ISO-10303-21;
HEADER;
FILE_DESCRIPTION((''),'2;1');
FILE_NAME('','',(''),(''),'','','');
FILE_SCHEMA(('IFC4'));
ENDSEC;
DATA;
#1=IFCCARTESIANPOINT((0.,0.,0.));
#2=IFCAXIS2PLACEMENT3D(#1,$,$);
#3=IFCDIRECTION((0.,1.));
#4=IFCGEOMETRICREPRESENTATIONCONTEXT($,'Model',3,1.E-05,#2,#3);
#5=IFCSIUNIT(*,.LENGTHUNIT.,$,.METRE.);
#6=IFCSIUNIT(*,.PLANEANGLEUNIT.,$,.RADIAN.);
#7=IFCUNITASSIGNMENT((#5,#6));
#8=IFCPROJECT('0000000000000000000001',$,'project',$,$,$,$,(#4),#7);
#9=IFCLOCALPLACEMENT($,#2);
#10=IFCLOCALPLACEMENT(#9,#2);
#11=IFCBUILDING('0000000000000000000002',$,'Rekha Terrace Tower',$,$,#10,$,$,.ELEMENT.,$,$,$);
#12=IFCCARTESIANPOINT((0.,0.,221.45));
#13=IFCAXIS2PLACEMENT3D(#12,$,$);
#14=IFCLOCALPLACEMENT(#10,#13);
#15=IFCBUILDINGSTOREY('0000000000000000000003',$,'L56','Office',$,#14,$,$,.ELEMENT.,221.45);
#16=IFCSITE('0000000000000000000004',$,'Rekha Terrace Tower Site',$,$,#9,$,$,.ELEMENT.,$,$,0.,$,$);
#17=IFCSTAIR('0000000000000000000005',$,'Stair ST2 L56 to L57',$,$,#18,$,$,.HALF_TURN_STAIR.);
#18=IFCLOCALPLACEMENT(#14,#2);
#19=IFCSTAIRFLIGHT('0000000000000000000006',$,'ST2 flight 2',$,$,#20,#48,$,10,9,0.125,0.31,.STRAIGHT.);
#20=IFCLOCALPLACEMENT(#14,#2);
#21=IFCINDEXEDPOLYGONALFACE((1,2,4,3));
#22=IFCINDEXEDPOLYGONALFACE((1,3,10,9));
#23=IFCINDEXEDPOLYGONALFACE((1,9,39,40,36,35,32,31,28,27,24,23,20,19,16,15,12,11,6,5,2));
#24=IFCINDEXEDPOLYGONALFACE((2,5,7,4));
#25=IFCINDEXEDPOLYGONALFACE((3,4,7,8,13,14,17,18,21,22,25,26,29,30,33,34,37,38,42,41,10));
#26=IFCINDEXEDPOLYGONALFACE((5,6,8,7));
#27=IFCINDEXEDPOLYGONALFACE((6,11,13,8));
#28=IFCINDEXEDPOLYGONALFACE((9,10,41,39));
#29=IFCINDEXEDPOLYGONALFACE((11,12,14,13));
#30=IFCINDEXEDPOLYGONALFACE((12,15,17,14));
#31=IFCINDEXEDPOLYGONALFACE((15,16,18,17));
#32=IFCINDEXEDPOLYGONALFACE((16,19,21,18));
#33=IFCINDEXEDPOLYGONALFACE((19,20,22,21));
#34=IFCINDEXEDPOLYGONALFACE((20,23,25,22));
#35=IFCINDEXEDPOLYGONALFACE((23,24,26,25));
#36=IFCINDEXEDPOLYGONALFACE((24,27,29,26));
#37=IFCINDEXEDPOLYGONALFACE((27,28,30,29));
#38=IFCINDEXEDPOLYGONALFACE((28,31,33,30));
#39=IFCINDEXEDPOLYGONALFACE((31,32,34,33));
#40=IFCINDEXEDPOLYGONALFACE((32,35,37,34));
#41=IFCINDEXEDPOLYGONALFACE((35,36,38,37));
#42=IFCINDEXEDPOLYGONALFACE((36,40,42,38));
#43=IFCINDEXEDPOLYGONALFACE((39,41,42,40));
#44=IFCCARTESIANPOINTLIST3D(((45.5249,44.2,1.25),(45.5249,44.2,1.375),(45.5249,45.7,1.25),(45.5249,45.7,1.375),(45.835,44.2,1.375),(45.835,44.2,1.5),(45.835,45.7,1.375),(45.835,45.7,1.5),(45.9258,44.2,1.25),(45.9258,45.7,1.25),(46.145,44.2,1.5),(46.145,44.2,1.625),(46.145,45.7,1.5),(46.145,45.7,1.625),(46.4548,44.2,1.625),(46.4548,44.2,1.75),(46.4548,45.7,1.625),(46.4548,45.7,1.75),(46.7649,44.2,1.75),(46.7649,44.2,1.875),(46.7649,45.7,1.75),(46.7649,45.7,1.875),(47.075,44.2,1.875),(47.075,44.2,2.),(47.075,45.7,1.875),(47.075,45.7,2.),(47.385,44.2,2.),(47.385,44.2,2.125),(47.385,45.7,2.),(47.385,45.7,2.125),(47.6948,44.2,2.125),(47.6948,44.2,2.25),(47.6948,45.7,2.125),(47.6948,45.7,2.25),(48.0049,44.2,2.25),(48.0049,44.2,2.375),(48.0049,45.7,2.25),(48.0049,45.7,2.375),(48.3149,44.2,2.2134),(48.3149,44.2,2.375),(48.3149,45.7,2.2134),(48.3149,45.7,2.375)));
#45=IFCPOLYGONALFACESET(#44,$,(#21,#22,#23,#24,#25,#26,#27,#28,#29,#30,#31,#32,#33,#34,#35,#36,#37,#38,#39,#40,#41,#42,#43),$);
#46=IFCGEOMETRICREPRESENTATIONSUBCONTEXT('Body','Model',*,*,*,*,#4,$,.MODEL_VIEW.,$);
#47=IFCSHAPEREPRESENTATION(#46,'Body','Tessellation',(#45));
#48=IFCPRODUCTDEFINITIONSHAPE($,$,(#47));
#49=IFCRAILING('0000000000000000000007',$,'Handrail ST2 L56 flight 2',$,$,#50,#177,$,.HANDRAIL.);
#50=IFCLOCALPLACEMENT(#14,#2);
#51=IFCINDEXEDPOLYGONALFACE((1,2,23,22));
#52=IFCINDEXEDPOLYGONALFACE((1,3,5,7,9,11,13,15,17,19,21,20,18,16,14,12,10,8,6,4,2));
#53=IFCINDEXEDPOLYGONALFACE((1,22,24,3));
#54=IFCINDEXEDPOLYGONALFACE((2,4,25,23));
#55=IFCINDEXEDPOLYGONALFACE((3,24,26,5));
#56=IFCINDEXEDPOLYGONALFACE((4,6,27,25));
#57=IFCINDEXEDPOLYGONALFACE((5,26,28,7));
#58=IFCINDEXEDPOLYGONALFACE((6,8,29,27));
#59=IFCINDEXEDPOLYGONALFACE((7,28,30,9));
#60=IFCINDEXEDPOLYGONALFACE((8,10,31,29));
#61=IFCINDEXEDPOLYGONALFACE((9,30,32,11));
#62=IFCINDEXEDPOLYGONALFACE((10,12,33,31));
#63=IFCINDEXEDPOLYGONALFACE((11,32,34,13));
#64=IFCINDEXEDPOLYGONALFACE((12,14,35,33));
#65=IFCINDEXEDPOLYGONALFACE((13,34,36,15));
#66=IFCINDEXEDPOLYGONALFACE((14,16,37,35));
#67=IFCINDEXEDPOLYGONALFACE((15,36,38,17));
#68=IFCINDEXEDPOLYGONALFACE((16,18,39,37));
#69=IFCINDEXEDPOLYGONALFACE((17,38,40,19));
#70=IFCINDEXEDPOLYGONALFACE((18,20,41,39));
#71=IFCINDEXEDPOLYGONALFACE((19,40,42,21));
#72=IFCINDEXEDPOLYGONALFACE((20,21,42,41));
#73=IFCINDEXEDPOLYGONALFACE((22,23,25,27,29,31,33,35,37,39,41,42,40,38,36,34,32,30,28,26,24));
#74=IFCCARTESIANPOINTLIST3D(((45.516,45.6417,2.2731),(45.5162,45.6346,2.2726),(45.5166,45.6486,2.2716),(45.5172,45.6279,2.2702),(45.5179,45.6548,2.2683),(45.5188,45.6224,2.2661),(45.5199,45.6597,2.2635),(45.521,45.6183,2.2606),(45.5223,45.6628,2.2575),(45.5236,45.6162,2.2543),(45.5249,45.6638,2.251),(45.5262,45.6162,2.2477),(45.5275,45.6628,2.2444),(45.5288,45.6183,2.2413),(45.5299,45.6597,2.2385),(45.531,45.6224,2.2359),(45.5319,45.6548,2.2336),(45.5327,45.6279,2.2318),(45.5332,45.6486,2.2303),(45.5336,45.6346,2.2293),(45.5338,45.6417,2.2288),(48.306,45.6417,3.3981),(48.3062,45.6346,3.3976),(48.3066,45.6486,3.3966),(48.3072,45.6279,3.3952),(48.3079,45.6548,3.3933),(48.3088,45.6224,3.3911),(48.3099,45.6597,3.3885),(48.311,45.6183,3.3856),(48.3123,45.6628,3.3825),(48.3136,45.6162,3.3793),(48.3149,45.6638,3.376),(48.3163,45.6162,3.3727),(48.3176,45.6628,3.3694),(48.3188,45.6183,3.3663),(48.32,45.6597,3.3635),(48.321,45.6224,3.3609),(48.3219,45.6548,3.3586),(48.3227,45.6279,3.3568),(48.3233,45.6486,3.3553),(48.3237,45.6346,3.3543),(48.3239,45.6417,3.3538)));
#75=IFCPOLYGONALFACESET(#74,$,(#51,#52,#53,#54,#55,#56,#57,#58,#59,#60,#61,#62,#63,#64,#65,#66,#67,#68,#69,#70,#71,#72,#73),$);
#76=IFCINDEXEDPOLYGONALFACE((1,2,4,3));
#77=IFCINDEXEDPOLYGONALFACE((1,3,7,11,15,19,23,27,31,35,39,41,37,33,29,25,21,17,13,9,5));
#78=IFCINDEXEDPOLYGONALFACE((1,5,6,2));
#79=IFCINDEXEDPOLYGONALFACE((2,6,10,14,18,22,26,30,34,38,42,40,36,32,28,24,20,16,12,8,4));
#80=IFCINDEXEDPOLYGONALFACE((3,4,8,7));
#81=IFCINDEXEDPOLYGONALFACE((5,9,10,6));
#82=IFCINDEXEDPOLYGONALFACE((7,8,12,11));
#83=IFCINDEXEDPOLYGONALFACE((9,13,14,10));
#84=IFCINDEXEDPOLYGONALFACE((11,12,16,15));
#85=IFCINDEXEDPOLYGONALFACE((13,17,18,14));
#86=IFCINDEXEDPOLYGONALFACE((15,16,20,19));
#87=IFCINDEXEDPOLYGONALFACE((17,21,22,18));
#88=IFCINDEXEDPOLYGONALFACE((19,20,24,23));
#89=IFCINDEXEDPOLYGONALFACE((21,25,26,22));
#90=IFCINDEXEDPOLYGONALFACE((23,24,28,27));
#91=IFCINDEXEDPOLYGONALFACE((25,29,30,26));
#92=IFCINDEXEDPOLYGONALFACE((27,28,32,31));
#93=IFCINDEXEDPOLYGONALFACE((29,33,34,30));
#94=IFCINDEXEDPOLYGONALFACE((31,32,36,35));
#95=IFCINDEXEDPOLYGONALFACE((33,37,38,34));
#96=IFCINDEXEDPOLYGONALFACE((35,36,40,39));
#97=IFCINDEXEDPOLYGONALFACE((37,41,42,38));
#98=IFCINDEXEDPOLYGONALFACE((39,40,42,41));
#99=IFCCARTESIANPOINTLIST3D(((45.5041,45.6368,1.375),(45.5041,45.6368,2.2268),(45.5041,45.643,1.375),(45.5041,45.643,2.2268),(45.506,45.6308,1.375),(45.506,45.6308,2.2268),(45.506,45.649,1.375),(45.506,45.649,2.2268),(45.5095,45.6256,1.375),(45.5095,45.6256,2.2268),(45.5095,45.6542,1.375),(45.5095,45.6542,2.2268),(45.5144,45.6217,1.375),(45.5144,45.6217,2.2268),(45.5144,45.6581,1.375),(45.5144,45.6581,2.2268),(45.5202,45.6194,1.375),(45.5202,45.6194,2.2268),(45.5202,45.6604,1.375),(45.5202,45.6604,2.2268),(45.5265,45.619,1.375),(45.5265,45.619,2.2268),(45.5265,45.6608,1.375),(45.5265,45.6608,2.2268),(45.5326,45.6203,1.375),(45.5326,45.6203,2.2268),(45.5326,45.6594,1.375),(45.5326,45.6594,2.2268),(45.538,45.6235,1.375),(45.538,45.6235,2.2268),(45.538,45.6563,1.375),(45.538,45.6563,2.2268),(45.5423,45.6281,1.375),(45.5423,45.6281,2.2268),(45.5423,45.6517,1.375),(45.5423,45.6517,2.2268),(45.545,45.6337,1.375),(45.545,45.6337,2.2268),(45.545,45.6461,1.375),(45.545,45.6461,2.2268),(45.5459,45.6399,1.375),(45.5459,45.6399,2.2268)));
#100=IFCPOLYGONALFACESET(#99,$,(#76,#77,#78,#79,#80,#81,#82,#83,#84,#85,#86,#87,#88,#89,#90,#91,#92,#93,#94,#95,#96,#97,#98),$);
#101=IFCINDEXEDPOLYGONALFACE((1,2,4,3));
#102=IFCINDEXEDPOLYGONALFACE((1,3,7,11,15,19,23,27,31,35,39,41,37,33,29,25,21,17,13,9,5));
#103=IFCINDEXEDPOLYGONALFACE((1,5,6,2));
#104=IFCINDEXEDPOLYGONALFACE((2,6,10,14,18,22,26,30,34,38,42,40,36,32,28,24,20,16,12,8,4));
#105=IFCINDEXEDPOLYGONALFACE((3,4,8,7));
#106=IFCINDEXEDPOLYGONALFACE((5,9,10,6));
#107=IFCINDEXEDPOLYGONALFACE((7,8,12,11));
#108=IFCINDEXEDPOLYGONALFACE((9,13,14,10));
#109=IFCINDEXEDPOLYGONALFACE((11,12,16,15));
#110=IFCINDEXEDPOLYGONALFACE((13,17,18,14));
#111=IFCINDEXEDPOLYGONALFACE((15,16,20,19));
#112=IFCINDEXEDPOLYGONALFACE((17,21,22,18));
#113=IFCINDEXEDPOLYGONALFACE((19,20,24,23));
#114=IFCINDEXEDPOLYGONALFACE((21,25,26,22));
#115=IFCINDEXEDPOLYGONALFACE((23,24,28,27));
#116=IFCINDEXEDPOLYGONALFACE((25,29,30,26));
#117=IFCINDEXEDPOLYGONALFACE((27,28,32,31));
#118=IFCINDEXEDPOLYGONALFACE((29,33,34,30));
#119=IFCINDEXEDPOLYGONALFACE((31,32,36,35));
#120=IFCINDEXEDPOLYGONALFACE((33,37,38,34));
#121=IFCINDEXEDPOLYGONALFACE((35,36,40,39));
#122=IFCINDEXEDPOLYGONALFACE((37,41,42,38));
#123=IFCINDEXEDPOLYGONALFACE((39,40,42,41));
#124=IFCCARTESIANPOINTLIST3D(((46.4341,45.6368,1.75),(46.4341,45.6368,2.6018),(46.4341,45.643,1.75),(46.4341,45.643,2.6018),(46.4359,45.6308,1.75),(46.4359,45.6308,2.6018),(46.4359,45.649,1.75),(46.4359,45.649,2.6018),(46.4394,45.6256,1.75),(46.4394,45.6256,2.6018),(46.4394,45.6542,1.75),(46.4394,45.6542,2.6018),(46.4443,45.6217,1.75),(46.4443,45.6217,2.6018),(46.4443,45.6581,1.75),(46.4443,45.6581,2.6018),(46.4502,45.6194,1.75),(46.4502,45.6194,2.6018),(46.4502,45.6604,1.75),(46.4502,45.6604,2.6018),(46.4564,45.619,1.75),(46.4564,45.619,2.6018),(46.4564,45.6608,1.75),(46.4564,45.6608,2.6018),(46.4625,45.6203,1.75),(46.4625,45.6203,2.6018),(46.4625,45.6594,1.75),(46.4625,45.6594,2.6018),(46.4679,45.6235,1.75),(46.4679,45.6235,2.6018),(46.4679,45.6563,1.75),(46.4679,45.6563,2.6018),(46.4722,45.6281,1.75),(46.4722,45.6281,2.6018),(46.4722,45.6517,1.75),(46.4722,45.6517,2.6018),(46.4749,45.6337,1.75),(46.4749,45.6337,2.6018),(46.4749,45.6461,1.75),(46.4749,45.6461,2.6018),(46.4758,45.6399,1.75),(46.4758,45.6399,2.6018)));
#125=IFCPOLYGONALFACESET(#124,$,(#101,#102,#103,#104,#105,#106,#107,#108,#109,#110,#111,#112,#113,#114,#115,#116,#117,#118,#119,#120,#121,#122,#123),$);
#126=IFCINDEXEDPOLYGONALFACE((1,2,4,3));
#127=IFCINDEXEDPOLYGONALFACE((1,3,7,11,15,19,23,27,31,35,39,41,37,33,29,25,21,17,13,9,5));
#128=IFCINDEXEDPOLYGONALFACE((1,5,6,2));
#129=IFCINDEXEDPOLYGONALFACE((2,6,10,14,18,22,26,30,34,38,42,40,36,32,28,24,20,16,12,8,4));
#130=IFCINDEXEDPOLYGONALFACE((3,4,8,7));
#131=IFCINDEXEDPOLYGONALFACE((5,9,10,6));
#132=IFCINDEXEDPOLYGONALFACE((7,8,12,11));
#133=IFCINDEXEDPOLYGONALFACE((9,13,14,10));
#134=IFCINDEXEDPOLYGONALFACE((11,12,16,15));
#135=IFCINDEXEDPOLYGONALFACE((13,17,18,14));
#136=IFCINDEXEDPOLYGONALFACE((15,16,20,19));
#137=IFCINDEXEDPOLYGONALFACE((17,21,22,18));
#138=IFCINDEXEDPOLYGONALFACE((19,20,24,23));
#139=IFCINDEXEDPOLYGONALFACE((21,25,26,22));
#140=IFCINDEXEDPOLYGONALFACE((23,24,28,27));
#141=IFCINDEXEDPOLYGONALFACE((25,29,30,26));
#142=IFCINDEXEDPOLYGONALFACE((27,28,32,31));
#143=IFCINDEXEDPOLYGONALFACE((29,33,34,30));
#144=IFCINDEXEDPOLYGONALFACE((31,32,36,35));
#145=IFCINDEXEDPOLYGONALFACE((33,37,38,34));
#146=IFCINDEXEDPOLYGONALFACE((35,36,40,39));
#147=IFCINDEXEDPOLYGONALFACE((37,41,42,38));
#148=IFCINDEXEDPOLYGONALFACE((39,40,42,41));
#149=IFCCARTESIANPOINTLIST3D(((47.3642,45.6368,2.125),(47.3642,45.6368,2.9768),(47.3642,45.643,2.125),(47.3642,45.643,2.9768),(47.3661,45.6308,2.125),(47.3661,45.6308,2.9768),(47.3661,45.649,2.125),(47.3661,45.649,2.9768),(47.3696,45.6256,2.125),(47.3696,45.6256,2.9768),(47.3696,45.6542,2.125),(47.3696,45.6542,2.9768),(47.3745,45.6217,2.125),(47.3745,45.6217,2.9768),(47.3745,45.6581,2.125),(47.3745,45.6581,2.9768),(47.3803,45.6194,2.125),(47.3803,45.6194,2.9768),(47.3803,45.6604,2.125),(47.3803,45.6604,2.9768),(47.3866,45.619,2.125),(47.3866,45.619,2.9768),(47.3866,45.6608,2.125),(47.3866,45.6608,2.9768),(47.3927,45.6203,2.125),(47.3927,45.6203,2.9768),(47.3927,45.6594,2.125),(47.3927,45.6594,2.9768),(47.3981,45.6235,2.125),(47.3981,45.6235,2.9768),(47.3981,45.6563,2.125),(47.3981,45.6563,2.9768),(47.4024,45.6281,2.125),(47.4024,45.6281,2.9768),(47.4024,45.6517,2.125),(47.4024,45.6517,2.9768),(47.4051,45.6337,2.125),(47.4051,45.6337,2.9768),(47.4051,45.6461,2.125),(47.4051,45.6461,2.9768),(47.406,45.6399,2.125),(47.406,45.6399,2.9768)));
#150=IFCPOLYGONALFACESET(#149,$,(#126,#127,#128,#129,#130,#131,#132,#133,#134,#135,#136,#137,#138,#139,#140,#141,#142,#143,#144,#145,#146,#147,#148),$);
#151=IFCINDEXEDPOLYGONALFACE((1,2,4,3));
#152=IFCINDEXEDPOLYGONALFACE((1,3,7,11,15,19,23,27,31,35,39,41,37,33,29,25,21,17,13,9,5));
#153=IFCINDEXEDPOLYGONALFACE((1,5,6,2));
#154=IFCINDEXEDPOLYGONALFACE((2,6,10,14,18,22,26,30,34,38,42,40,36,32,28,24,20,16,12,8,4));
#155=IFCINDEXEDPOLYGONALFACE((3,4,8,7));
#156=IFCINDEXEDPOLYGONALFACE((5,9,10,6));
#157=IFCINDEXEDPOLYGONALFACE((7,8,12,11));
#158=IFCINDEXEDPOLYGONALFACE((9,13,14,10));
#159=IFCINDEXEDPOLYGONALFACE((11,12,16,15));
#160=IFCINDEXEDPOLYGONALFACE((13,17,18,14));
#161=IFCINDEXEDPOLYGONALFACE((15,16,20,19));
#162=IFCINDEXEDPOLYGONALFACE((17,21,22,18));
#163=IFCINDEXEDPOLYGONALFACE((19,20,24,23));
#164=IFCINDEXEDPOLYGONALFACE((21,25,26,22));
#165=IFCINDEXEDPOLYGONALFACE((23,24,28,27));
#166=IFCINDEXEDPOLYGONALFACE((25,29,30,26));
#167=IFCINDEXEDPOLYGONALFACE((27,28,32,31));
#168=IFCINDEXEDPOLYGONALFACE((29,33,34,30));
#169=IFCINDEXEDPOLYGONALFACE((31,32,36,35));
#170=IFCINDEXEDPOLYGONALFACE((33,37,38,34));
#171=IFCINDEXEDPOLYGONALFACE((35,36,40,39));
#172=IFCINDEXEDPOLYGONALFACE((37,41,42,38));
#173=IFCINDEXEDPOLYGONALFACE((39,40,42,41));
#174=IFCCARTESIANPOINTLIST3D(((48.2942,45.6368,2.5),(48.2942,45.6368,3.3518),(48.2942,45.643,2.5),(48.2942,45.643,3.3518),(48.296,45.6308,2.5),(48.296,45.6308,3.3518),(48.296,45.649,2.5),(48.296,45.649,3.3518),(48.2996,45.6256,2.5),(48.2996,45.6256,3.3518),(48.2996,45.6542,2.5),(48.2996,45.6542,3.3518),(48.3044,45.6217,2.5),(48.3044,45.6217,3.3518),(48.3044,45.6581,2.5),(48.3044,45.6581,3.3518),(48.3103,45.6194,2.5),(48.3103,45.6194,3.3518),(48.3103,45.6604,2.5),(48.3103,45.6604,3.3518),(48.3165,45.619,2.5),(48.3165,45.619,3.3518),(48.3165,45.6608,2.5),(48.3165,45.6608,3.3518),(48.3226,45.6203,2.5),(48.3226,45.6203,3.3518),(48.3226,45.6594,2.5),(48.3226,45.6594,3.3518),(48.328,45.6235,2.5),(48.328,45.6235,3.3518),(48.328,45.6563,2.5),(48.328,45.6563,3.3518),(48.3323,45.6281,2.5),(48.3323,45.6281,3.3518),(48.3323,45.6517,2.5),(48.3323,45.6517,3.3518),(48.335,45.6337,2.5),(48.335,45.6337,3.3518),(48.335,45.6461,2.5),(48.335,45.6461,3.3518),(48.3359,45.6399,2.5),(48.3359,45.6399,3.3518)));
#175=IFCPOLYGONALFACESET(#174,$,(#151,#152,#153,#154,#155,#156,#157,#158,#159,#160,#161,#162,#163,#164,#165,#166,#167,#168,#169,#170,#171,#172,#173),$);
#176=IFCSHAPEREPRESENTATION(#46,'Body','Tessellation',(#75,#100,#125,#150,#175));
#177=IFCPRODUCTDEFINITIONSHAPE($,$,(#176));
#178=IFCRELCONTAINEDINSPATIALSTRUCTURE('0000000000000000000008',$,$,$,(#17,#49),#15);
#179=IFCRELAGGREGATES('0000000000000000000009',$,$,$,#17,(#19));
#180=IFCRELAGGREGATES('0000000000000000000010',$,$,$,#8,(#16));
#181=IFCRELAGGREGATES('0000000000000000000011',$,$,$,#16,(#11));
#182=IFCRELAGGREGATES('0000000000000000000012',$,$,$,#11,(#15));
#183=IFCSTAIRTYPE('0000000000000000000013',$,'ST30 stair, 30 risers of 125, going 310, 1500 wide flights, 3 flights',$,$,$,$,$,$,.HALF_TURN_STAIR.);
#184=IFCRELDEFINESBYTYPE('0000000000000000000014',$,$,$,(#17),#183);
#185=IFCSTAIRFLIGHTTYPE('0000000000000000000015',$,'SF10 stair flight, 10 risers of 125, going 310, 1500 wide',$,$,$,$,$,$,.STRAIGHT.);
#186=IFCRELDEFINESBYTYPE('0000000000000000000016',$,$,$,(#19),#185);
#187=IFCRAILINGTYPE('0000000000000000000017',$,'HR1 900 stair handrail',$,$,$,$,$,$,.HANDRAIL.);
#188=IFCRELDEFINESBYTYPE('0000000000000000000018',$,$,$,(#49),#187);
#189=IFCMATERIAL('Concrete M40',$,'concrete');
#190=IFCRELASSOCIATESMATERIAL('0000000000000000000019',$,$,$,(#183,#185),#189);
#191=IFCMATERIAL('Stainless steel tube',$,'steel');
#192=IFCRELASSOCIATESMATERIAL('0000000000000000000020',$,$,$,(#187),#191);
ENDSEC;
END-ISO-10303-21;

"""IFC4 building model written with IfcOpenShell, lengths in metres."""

from ifc_helpers import new_model, si_unit, direction, frame, origin, origin_2d, place, context, subcontext, project, spatial, polyline, circle, outline, extrude, material, type_object, element, aggregate, save


model = new_model("IFC4")

# Units and contexts
model_context = context("Model", 3, precision=1e-05, world=origin(), true_north=direction((0.0, 1.0)))
body_context = subcontext(model_context, "Body", "Model", "MODEL_VIEW")
ifc_project = project(units=[si_unit("LENGTHUNIT", "METRE"), si_unit("PLANEANGLEUNIT", "RADIAN")], contexts=[model_context])

# Site, building, storey
site_placement = place(None, origin())
site = spatial("IfcSite", under=ifc_project, at=site_placement, Name="Rekha Terrace Tower Site", CompositionType="ELEMENT", RefElevation=0.0)
building_placement = place(site_placement, origin())
building = spatial("IfcBuilding", under=site, at=building_placement, Name="Rekha Terrace Tower", CompositionType="ELEMENT")
storey_placement = place(building_placement, frame((0.0, 0.0, 221.45)))
storey = spatial("IfcBuildingStorey", under=building, at=storey_placement, Name="L56", Description="Office", CompositionType="ELEMENT", Elevation=221.45)

# Stair, stair flight
ifc_material_1 = material(Name="Concrete M40", Category="concrete")
stair_type = type_object("IfcStairType", Name="ST30 stair, 30 risers of 125, going 310, 1500 wide flights, 3 flights", PredefinedType="HALF_TURN_STAIR", material=ifc_material_1)
stair_placement = place(storey_placement, origin())
stair = element("IfcStair", 1, at=stair_placement, inside=storey, type_object=stair_type, Name="Stair ST2 L56 to L57", PredefinedType="HALF_TURN_STAIR")
stair_flight_type = type_object("IfcStairFlightType", Name="SF10 stair flight, 10 risers of 125, going 310, 1500 wide", PredefinedType="STRAIGHT", material=ifc_material_1)
stair_flight_placement = place(storey_placement, frame((45.5249, 44.95, 1.25), z_axis=(0.0, 0.0, 1.0), x_axis=(1.0, 0.0, 0.0)))
stair_flight = element("IfcStairFlight", 2, at=stair_flight_placement, type_object=stair_flight_type, Name="ST2 flight 2", NumberOfRisers=10, NumberOfTreads=9, PredefinedType="STRAIGHT", RiserHeight=0.125, TreadLength=0.31, context=body_context, shape_type="SweptSolid", body=[
    extrude(outline(polyline([(0.0, 0.0), (0.0, 0.125), (0.3101, 0.125), (0.3101, 0.25), (0.6201, 0.25), (0.6201, 0.375), (0.9299, 0.375), (0.9299, 0.5), (1.24, 0.5), (1.24, 0.625), (1.55, 0.625), (1.55, 0.75), (1.8601, 0.75), (1.8601, 0.875), (2.1699, 0.875), (2.1699, 1.0), (2.48, 1.0), (2.48, 1.125), (2.79, 1.125), (2.79, 1.25), (2.79, 0.9634), (0.4009, 0.0), (0.0, 0.0)])), frame((0.0, 0.75, 0.0), z_axis=(0.0, -1.0, 0.0), x_axis=(1.0, 0.0, 0.0)), (0.0, 0.0, 1.0), 1.5),
])
aggregate(stair, [stair_flight])

# Railing
ifc_material_2 = material(Name="Stainless steel tube", Category="steel")
railing_type = type_object("IfcRailingType", Name="HR1 900 stair handrail", PredefinedType="HANDRAIL", material=ifc_material_2)
railing_placement = place(storey_placement, frame((45.5249, 45.6399, 1.375)))
element("IfcRailing", 3, at=railing_placement, inside=storey, type_object=railing_type, Name="Handrail ST2 L56 flight 2", PredefinedType="HANDRAIL", context=body_context, shape_type="SweptSolid", body=[
    extrude(circle(Radius=0.0239, at=origin_2d()), frame((0.0, 0.0, 0.876), z_axis=(0.927443, 0.0, 0.373964), x_axis=(0.0, 1.0, 0.0)), (0.0, 0.0, 1.0), 3.0083),
    extrude(circle(Radius=0.021, at=origin_2d()), origin(), (0.0, 0.0, 1.0), 0.8518),
    extrude(circle(Radius=0.021, at=origin_2d()), frame((0.9299, 0.0, 0.375)), (0.0, 0.0, 1.0), 0.8518),
    extrude(circle(Radius=0.021, at=origin_2d()), frame((1.8601, 0.0, 0.75)), (0.0, 0.0, 1.0), 0.8518),
    extrude(circle(Radius=0.021, at=origin_2d()), frame((2.79, 0.0, 1.125)), (0.0, 0.0, 1.0), 0.8518),
])

save(model, "model.ifc")
